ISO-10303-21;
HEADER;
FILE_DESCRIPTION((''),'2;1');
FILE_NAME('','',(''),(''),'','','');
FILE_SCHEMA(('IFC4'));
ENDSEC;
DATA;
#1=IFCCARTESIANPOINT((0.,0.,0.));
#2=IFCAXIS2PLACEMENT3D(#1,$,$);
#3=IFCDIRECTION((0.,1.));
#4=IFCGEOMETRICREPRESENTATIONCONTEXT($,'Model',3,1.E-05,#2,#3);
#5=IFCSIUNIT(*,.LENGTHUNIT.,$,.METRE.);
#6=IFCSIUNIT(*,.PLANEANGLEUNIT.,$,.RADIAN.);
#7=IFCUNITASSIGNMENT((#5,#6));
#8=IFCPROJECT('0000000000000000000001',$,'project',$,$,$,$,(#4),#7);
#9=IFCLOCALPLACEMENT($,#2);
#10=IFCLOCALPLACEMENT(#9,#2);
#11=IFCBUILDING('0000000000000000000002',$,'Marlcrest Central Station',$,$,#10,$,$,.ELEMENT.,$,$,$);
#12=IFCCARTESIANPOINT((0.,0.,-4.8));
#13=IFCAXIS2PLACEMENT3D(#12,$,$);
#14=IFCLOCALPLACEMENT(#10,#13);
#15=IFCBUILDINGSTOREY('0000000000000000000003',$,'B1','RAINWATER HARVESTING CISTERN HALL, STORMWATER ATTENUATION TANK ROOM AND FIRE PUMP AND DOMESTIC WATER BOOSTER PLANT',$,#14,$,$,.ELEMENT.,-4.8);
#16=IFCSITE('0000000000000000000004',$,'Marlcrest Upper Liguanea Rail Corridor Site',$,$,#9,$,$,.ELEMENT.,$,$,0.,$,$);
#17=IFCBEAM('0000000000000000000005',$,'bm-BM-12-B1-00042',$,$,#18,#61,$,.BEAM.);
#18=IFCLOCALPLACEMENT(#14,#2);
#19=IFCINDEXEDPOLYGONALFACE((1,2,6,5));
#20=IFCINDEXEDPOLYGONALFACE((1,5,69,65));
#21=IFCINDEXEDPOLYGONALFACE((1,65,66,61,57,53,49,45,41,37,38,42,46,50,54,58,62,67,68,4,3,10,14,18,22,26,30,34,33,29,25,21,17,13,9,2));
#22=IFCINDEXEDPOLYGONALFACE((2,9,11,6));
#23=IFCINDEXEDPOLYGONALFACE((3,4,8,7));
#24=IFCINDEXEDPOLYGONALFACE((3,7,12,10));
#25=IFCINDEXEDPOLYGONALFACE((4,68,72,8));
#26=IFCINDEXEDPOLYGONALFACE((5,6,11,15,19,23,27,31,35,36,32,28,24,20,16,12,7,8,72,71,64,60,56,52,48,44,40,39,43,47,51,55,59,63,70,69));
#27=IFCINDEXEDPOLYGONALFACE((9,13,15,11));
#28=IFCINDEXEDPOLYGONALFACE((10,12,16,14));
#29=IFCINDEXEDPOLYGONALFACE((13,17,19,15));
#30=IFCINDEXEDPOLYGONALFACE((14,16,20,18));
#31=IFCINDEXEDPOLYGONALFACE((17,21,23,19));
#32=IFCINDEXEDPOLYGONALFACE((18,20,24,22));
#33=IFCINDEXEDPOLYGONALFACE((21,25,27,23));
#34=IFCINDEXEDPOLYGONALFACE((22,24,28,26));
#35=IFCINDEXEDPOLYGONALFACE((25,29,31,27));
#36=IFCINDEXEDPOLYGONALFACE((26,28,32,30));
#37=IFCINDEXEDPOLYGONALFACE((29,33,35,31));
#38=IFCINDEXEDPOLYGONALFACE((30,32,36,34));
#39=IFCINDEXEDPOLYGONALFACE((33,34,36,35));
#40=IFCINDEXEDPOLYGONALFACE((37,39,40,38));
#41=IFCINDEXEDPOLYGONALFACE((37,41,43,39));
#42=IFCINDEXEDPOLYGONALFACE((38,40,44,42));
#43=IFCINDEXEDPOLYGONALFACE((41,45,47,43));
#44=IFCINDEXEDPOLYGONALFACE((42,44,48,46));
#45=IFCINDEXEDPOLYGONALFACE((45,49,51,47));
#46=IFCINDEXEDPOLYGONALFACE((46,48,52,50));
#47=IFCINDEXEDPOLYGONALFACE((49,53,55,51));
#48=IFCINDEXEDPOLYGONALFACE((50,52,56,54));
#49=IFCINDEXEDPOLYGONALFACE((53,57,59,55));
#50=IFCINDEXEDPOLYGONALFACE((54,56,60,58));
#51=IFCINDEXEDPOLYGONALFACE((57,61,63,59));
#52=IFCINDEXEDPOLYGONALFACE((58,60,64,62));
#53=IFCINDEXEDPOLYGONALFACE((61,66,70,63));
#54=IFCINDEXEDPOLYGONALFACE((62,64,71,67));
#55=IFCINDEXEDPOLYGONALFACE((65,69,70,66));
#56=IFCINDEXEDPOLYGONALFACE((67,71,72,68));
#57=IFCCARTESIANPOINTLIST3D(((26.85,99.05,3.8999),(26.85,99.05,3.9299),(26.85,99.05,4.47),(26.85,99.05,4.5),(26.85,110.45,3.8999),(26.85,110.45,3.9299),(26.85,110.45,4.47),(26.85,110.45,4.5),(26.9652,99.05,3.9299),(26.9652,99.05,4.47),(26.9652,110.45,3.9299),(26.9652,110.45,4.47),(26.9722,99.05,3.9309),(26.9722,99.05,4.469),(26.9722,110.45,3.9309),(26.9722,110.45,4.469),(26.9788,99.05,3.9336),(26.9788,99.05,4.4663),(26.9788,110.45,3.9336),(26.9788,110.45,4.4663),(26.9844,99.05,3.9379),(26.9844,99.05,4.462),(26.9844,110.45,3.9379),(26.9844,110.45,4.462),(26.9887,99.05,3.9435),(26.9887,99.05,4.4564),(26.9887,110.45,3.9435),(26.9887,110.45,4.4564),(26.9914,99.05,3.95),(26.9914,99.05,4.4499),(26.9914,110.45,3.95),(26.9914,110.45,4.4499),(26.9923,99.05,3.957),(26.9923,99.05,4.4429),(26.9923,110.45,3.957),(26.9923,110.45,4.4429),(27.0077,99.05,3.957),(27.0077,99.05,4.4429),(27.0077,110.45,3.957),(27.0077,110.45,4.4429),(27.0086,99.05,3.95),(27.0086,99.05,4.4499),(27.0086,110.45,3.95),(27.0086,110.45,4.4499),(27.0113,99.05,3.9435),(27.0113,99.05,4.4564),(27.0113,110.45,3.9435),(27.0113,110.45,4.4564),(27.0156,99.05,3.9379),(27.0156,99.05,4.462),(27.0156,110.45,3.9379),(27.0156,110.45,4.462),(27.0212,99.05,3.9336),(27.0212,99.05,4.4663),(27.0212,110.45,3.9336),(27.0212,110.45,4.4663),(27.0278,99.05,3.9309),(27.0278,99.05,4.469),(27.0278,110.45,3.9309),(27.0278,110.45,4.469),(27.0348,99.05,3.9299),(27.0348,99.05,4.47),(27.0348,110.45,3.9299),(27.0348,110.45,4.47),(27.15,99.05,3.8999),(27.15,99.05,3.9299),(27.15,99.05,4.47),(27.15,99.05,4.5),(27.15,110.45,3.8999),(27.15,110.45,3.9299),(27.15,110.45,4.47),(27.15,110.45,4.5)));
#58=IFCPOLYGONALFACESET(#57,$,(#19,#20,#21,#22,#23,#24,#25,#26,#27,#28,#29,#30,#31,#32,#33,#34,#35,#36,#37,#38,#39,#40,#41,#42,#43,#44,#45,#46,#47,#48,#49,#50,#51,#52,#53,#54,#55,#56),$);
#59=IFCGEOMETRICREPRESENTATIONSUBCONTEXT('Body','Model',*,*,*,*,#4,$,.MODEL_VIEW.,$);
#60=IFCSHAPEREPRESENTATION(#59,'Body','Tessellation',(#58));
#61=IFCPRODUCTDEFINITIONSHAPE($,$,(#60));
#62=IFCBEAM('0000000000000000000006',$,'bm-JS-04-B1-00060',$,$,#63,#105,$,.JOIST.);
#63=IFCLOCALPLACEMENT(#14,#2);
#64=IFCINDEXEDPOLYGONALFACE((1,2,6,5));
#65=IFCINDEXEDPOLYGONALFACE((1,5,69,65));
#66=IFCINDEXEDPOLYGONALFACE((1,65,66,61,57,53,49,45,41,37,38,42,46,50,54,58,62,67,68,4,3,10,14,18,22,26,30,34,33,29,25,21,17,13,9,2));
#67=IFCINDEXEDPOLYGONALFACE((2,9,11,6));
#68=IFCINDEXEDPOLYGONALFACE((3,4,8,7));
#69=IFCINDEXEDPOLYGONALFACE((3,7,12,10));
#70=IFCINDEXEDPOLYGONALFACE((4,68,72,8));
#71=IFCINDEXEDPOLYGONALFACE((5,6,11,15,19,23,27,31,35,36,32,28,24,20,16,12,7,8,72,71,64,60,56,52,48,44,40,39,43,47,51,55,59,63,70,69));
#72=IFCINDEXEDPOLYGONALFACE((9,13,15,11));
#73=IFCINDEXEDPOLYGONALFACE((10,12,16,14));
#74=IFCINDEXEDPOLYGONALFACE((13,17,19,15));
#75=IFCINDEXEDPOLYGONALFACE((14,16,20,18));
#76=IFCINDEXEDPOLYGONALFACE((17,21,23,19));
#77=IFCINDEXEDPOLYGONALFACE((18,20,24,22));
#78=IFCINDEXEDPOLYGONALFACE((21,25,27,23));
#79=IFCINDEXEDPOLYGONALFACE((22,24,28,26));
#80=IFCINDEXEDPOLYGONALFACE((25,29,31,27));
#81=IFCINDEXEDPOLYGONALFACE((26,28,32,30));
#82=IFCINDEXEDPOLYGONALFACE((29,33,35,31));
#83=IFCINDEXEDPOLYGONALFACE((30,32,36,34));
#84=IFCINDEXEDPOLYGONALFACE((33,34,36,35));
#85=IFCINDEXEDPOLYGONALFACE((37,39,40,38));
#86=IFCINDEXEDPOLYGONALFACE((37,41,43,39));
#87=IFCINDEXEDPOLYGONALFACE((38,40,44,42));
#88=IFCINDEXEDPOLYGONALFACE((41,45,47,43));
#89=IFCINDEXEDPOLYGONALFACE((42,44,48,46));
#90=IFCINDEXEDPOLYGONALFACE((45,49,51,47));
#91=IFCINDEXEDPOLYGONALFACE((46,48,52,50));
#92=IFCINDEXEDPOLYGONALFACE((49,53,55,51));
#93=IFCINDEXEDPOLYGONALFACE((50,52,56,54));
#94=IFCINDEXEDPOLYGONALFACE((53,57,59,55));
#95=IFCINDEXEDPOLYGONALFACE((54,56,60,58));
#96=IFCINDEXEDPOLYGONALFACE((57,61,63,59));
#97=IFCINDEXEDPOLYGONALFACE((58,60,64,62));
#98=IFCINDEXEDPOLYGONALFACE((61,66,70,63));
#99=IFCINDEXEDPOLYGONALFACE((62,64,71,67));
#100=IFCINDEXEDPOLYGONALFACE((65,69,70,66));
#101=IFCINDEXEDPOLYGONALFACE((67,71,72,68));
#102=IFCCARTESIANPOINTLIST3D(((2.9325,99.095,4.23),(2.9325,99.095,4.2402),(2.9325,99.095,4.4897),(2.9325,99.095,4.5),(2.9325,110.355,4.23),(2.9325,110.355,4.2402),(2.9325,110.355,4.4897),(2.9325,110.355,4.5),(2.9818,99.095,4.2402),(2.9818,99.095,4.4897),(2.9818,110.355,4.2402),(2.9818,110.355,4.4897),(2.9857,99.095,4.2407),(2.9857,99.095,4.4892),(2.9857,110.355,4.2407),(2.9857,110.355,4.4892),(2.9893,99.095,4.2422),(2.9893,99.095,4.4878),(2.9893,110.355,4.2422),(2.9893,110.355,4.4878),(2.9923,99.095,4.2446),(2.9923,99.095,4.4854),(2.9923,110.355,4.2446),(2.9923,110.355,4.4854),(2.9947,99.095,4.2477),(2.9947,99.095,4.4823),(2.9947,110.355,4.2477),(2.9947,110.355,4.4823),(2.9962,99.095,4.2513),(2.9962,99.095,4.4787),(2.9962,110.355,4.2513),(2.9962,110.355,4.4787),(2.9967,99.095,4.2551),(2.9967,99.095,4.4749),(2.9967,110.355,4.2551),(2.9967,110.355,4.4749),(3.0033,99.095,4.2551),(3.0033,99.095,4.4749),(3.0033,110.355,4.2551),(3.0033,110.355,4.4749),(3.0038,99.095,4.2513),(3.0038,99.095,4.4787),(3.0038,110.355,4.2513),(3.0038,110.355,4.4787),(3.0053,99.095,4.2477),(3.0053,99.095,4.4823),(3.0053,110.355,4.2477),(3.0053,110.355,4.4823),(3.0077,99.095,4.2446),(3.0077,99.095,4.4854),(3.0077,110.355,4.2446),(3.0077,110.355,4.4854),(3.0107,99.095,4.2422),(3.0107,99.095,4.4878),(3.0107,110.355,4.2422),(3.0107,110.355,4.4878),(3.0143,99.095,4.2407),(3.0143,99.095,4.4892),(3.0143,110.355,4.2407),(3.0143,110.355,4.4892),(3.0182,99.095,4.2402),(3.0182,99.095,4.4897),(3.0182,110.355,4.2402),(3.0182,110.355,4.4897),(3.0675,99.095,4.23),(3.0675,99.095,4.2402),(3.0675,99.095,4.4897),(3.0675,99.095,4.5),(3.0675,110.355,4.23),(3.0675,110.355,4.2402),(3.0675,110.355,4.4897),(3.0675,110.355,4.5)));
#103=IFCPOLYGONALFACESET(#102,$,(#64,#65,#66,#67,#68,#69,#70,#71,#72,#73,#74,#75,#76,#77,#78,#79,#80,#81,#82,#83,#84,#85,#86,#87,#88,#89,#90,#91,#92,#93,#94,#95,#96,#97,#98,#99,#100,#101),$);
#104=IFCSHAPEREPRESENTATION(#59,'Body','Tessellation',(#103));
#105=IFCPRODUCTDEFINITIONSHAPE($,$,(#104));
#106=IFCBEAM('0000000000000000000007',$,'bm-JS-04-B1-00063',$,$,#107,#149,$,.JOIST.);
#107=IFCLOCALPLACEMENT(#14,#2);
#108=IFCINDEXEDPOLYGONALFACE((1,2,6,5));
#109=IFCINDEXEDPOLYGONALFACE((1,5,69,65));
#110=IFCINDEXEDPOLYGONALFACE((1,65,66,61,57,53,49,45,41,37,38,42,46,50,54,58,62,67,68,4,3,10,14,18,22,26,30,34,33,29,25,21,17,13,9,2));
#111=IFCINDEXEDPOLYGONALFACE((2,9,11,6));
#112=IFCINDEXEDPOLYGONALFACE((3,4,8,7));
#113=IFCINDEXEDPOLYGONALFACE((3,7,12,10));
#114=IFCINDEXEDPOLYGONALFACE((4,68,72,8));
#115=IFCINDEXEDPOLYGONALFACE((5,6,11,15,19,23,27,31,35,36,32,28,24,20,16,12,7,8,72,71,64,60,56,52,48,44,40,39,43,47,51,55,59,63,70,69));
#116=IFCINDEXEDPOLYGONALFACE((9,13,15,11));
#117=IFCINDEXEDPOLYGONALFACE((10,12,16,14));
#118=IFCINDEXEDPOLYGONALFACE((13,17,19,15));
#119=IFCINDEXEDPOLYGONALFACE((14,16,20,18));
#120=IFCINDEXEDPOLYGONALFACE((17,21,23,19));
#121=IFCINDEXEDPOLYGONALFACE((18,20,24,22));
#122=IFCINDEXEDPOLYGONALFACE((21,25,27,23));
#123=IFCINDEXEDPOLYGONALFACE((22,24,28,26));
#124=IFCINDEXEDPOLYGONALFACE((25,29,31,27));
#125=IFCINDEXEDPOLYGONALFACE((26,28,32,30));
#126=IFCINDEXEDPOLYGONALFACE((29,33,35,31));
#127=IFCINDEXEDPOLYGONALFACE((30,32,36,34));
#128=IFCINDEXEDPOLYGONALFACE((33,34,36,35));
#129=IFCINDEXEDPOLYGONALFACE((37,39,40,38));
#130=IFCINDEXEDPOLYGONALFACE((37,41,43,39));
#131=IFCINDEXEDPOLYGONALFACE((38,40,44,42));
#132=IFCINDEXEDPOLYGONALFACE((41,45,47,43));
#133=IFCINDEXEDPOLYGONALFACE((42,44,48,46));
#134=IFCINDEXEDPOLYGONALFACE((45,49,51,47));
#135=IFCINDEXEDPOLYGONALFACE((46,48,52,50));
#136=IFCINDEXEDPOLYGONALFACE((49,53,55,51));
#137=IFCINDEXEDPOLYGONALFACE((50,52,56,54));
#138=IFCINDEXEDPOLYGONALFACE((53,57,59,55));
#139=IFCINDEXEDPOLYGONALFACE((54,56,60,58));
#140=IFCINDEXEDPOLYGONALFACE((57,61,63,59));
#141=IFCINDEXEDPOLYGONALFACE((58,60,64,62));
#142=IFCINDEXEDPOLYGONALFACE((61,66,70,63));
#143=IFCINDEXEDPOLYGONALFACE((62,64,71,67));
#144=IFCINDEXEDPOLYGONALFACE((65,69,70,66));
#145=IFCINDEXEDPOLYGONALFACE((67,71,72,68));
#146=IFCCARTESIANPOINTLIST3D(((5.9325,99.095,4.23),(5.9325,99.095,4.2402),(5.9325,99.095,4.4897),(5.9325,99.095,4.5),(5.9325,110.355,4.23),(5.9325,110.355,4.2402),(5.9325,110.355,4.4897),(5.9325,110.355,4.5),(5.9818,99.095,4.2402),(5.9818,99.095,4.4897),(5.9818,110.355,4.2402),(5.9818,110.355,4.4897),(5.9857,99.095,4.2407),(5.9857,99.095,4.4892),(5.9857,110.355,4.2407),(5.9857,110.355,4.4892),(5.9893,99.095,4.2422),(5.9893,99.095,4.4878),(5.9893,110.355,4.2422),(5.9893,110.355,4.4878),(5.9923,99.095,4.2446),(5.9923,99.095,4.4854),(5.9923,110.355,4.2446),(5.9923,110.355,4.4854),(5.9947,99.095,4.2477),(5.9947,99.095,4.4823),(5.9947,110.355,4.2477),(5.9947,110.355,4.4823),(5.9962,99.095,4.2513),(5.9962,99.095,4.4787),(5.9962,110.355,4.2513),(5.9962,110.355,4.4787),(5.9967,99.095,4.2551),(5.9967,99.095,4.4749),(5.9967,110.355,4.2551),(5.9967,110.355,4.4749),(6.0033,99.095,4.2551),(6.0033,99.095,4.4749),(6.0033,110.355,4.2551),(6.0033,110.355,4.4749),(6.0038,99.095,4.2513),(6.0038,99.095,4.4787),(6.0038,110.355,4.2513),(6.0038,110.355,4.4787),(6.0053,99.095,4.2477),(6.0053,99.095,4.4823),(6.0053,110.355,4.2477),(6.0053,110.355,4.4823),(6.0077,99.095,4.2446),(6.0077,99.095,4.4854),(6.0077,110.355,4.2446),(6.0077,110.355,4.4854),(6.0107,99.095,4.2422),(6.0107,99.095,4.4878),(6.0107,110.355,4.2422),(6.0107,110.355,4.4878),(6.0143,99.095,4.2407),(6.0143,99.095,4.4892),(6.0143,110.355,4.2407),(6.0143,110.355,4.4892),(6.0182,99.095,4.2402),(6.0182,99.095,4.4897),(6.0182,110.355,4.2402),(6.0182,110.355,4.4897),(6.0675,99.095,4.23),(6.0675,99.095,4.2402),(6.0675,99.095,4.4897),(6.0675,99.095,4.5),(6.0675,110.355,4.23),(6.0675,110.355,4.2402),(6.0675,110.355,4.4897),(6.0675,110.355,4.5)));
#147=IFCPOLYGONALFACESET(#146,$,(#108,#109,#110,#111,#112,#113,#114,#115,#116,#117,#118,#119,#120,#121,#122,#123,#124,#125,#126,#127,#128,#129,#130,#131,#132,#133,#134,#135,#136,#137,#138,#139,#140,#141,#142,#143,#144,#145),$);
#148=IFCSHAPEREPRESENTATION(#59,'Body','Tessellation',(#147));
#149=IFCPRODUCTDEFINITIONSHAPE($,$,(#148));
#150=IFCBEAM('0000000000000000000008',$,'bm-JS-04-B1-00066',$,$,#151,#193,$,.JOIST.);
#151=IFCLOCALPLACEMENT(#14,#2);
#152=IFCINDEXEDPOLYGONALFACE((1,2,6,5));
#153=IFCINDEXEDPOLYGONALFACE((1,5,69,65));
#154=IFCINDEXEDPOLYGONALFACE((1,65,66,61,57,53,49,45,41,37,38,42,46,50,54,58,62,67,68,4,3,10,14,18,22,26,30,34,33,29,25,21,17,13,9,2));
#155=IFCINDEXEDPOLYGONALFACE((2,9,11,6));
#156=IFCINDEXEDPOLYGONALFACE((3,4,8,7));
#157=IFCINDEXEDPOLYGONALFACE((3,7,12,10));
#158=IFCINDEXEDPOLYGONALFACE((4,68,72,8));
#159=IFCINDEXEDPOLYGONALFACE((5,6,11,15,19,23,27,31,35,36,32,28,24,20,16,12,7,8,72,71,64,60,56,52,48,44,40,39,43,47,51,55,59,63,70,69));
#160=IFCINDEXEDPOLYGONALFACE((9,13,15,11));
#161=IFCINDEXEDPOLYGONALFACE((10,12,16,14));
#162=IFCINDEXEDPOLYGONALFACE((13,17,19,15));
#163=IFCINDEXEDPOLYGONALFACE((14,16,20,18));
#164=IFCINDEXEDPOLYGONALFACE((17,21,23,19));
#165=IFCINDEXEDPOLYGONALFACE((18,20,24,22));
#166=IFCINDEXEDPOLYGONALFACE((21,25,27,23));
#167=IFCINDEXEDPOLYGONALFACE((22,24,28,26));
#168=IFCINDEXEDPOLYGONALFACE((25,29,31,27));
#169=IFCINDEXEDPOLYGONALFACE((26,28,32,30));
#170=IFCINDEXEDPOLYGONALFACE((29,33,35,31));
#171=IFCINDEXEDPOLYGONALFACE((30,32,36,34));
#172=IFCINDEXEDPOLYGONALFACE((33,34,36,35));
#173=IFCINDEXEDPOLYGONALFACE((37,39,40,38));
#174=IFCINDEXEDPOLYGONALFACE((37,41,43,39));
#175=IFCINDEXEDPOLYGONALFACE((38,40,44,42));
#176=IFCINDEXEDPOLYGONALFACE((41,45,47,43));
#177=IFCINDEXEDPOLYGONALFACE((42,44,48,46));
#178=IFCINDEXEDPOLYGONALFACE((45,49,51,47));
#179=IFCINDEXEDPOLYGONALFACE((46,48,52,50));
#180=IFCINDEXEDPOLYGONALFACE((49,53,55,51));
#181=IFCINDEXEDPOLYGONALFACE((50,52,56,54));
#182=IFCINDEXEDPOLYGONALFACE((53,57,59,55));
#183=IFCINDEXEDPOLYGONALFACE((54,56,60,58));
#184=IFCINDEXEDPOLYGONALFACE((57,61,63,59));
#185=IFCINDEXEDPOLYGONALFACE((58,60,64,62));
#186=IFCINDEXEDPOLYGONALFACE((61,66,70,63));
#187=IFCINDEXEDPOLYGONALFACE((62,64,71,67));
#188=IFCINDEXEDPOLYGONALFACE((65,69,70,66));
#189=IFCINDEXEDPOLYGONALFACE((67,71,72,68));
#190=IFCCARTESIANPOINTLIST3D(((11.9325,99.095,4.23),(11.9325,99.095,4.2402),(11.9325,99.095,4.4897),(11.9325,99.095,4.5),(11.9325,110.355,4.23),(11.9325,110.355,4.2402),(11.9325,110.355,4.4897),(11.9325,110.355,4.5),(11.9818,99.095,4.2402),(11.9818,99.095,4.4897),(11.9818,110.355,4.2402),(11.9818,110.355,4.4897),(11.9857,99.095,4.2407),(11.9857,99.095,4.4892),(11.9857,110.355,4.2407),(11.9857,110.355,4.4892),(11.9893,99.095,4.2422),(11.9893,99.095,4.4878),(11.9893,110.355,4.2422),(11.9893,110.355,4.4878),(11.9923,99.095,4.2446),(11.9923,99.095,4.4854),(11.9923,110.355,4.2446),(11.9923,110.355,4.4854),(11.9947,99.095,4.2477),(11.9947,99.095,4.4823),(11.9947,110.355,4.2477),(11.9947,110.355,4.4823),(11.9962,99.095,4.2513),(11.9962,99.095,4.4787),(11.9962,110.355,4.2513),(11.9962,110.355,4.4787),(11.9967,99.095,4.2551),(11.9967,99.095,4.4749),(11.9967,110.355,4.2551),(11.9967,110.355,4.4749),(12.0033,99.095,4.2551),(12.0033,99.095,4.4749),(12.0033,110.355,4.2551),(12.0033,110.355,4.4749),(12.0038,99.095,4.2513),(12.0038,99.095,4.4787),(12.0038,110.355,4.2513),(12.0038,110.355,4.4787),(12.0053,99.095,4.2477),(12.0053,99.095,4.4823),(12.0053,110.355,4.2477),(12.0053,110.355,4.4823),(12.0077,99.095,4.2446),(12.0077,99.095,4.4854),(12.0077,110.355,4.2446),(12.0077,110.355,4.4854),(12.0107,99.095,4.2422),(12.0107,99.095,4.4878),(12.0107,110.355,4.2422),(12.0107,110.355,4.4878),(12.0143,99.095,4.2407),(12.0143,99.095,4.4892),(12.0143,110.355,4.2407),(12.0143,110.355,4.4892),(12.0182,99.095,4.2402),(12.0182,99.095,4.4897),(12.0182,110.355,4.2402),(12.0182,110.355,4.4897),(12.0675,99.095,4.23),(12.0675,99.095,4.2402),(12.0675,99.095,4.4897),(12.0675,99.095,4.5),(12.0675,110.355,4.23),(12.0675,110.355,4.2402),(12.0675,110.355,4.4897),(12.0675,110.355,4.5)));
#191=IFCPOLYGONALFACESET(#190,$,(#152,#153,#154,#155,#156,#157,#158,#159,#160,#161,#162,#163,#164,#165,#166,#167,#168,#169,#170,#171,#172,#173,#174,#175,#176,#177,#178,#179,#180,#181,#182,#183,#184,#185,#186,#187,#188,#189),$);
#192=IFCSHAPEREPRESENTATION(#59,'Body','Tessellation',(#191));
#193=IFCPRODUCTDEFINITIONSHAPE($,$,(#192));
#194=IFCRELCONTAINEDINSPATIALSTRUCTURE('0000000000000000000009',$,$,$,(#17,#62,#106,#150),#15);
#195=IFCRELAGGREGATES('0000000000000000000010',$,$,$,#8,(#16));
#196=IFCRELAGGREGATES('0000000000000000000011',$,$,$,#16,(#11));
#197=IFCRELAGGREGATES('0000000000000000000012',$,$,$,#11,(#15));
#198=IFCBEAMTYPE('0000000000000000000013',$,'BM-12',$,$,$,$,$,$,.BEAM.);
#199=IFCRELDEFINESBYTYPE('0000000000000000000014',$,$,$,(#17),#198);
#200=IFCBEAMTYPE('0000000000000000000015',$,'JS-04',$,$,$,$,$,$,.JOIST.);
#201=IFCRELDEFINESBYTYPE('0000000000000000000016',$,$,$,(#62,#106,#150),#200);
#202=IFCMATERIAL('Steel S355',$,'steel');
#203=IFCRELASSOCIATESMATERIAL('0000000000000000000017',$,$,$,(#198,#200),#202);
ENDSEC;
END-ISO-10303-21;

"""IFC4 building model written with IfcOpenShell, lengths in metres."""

from ifc_helpers import new_model, si_unit, direction, frame, origin, origin_2d, place, context, subcontext, project, spatial, i_section, extrude, material, material_profile, profile_set, type_object, element, save


model = new_model("IFC4")

# Units and contexts
model_context = context("Model", 3, precision=1e-05, world=origin(), true_north=direction((0.0, 1.0)))
body_context = subcontext(model_context, "Body", "Model", "MODEL_VIEW")
ifc_project = project(units=[si_unit("LENGTHUNIT", "METRE"), si_unit("PLANEANGLEUNIT", "RADIAN")], contexts=[model_context])

# Site, building, storey
site_placement = place(None, origin())
site = spatial("IfcSite", under=ifc_project, at=site_placement, Name="Marlcrest Upper Liguanea Rail Corridor Site", CompositionType="ELEMENT", RefElevation=0.0)
building_placement = place(site_placement, origin())
building = spatial("IfcBuilding", under=site, at=building_placement, Name="Marlcrest Central Station", CompositionType="ELEMENT")
storey_placement = place(building_placement, frame((0.0, 0.0, -4.8)))
storey = spatial("IfcBuildingStorey", under=building, at=storey_placement, Name="B1", Description="RAINWATER HARVESTING CISTERN HALL, STORMWATER ATTENUATION TANK ROOM AND FIRE PUMP AND DOMESTIC WATER BOOSTER PLANT", CompositionType="ELEMENT", Elevation=-4.8)

# Beams
ifc_material_1 = material(Name="Steel S355", Category="steel")
ifc_material_profile_1 = material_profile(ifc_material_1, i_section(OverallWidth=0.3, OverallDepth=0.6001, WebThickness=0.0154, FlangeThickness=0.03, FilletRadius=0.0271, at=origin_2d()), Name="HEB 600")
ifc_profile_set_1 = profile_set([ifc_material_profile_1], Name="Steel S355")
beam_type_1 = type_object("IfcBeamType", Name="BM-12", PredefinedType="BEAM", material=ifc_profile_set_1)
for number, where, z_axis, x_axis, name in (
    (1, (27.0, 99.05, 4.2), (0.0, 1.0, 0.0), (-1.0, 0.0, 0.0), "bm-BM-12-B1-00042"),
):
    element("IfcBeam", number, at=place(storey_placement, frame(where, z_axis=z_axis, x_axis=x_axis)), inside=storey, type_object=beam_type_1, Name=name, PredefinedType="BEAM", context=body_context, shape_type="SweptSolid", body=[
        extrude(i_section(OverallWidth=0.3, OverallDepth=0.6001, WebThickness=0.0154, FlangeThickness=0.03, FilletRadius=0.0271, at=origin_2d()), origin(), (0.0, 0.0, 1.0), 11.3999),
    ])
ifc_material_profile_2 = material_profile(ifc_material_1, i_section(OverallWidth=0.135, OverallDepth=0.27, WebThickness=0.0066, FlangeThickness=0.0103, FilletRadius=0.0149, at=origin_2d()), Name="IPE 270")
ifc_profile_set_2 = profile_set([ifc_material_profile_2], Name="Steel S355")
beam_type_2 = type_object("IfcBeamType", Name="JS-04", PredefinedType="JOIST", material=ifc_profile_set_2)
for number, where, z_axis, x_axis, name in (
    (2, (3.0, 99.095, 4.365), (0.0, 1.0, 0.0), (-1.0, 0.0, 0.0), "bm-JS-04-B1-00060"),
    (3, (6.0, 99.095, 4.365), (0.0, 1.0, 0.0), (-1.0, 0.0, 0.0), "bm-JS-04-B1-00063"),
    (4, (12.0, 99.095, 4.365), (0.0, 1.0, 0.0), (-1.0, 0.0, 0.0), "bm-JS-04-B1-00066"),
):
    element("IfcBeam", number, at=place(storey_placement, frame(where, z_axis=z_axis, x_axis=x_axis)), inside=storey, type_object=beam_type_2, Name=name, PredefinedType="JOIST", context=body_context, shape_type="SweptSolid", body=[
        extrude(i_section(OverallWidth=0.135, OverallDepth=0.27, WebThickness=0.0066, FlangeThickness=0.0103, FilletRadius=0.0149, at=origin_2d()), origin(), (0.0, 0.0, 1.0), 11.26),
    ])

save(model, "model.ifc")
